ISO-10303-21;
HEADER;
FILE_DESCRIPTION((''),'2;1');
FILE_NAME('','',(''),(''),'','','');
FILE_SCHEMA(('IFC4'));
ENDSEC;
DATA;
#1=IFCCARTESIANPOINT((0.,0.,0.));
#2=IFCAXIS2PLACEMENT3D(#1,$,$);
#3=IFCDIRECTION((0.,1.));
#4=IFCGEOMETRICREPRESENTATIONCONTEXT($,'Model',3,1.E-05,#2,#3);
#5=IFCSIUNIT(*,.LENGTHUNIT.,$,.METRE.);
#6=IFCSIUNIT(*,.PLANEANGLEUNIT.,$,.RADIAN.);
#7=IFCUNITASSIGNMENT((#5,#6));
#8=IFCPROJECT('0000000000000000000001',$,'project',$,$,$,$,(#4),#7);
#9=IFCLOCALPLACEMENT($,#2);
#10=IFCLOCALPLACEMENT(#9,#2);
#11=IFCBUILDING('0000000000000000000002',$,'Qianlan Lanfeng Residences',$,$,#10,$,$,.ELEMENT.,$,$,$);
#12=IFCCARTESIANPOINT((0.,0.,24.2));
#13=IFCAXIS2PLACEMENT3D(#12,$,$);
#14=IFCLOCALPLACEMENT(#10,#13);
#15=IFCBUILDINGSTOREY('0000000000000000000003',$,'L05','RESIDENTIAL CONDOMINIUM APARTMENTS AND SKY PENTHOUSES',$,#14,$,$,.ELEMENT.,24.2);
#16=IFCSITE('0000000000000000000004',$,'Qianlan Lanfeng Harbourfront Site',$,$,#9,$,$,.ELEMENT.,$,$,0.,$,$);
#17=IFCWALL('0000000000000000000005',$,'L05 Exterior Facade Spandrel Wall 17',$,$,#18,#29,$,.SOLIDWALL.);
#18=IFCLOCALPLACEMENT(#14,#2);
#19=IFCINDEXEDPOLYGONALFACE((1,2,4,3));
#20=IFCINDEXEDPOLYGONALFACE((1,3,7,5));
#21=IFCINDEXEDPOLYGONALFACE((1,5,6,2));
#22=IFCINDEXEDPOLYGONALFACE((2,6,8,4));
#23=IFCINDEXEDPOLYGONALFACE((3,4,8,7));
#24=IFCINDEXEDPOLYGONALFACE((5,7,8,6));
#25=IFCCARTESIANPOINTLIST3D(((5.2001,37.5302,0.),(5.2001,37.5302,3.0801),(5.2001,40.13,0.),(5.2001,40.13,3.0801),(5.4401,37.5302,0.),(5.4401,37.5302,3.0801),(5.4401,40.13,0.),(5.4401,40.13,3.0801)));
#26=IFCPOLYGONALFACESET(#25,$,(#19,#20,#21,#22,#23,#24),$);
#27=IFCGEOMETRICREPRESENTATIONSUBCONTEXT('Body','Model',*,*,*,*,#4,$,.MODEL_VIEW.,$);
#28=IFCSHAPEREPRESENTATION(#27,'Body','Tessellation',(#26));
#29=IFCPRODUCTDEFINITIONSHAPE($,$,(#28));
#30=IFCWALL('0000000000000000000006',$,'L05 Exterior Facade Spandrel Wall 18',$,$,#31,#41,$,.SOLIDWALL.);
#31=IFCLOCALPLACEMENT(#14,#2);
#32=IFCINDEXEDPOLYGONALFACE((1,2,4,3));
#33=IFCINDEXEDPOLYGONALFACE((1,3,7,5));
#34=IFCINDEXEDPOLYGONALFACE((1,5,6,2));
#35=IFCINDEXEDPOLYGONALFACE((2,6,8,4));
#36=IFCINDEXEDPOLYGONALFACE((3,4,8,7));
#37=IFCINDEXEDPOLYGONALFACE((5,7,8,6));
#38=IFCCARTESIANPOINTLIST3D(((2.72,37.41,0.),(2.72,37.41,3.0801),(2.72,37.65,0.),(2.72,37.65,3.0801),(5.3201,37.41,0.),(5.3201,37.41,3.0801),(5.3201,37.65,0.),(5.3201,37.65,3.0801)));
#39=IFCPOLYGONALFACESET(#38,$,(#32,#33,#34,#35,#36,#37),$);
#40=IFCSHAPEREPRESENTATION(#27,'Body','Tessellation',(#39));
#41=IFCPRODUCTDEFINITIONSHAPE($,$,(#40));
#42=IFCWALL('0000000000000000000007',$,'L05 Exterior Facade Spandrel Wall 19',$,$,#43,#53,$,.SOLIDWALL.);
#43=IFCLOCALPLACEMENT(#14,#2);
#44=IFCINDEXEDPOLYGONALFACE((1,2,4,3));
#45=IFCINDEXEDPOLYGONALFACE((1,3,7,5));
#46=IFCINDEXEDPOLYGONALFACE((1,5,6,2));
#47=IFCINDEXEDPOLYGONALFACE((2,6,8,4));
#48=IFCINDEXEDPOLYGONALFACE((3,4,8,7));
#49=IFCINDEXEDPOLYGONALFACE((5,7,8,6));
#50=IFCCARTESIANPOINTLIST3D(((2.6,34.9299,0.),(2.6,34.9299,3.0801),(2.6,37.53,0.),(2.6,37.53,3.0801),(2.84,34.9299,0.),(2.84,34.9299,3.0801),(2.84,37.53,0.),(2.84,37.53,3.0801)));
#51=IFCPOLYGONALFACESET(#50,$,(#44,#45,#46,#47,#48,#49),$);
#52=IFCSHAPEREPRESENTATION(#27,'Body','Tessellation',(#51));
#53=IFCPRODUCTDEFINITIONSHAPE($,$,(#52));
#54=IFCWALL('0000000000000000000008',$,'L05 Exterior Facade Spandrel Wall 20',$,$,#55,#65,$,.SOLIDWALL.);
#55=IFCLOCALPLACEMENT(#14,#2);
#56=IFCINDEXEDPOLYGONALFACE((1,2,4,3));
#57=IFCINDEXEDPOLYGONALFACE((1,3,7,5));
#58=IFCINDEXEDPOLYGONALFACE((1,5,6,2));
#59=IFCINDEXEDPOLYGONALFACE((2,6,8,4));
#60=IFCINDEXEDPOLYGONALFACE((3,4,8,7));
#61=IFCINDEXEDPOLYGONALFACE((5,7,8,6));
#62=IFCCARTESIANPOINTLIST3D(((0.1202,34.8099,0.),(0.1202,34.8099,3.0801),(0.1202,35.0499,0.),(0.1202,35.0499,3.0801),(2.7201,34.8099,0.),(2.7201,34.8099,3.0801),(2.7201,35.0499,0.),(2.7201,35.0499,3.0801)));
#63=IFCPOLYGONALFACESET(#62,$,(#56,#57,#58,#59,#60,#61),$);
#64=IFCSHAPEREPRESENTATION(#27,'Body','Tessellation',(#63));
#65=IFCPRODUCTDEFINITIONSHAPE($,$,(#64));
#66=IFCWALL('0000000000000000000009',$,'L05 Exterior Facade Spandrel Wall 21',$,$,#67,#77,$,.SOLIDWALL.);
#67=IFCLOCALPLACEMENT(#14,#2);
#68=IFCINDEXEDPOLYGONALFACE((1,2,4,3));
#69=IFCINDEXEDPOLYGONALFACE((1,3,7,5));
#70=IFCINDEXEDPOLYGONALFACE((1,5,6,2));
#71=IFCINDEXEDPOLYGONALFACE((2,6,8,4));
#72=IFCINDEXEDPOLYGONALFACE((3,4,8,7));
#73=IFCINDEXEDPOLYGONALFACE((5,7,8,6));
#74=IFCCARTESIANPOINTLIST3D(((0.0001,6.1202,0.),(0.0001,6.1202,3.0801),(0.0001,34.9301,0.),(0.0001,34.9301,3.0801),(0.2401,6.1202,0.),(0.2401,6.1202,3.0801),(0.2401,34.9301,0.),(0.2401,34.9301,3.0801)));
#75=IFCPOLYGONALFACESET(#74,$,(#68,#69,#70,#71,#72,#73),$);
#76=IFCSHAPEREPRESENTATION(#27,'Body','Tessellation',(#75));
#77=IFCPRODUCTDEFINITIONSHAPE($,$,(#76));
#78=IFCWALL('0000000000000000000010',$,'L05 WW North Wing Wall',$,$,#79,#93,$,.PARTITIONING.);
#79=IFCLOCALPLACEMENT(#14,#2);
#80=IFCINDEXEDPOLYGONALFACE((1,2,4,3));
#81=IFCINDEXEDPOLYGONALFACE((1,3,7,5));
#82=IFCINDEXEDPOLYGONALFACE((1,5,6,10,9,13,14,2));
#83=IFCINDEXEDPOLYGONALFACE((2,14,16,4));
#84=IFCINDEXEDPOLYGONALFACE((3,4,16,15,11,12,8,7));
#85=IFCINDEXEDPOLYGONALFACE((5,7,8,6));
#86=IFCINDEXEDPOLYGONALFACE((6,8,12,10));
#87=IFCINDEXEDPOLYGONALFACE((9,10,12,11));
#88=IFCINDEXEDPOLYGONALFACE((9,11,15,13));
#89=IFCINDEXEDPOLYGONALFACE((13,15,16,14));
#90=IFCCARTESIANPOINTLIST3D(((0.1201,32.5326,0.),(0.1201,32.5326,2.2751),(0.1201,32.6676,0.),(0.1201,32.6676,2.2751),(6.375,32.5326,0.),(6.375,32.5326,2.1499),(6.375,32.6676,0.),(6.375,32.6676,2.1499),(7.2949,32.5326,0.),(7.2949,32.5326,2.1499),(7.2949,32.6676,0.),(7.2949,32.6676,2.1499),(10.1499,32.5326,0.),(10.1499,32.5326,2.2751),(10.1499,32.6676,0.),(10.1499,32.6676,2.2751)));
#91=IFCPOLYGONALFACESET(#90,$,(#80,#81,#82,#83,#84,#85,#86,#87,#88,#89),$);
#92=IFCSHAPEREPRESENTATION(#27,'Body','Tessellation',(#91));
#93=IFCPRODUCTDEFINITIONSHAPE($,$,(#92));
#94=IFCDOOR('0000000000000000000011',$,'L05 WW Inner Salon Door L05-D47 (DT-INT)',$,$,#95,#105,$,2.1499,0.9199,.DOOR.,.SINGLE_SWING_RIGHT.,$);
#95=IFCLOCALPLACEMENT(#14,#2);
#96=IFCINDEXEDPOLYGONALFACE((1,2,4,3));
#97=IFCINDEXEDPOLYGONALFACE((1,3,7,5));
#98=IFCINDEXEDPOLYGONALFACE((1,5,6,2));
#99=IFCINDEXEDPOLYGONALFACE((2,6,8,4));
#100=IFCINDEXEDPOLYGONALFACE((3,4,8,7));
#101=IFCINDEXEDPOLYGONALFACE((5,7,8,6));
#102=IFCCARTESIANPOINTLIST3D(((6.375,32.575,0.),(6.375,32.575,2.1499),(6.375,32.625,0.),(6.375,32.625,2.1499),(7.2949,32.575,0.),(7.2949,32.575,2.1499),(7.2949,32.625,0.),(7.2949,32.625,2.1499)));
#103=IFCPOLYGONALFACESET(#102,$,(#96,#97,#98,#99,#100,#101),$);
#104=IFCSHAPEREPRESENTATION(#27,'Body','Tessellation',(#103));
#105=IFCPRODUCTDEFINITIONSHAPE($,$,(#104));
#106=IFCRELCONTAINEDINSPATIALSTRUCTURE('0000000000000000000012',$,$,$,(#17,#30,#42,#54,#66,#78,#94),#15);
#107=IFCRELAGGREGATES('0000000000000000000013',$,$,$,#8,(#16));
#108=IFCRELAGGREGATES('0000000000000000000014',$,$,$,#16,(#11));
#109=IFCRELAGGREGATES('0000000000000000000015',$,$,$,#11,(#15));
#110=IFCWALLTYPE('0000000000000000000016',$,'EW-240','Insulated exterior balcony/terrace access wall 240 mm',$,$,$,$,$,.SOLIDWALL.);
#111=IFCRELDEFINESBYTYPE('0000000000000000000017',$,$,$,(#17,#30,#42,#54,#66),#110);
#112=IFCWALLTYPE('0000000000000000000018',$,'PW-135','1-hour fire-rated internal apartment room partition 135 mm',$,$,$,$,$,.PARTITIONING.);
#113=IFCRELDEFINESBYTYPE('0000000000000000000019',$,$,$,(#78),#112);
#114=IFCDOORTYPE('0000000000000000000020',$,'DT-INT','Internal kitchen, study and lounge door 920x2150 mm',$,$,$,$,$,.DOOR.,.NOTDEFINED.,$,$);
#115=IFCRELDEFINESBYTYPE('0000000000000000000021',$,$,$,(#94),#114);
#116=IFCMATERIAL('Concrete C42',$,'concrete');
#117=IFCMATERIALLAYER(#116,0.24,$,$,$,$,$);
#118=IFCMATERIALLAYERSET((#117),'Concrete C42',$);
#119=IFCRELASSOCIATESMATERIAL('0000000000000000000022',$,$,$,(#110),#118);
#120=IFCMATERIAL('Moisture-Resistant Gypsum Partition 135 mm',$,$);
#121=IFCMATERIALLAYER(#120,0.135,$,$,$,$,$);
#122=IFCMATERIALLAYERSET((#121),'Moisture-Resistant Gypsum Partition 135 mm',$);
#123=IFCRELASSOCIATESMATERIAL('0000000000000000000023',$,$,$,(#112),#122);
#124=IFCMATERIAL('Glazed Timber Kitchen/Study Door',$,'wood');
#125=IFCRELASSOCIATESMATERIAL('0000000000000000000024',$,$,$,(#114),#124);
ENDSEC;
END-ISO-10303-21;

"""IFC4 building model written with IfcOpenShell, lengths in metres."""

from ifc_helpers import new_model, si_unit, direction, frame, frame_2d, origin, place, context, subcontext, project, spatial, rectangle, extrude, material, layer, layer_set, type_object, element, fill, save


model = new_model("IFC4")

# Units and contexts
model_context = context("Model", 3, precision=1e-05, world=origin(), true_north=direction((0.0, 1.0)))
body_context = subcontext(model_context, "Body", "Model", "MODEL_VIEW")
ifc_project = project(units=[si_unit("LENGTHUNIT", "METRE"), si_unit("PLANEANGLEUNIT", "RADIAN")], contexts=[model_context])

# Site, building, storey
site_placement = place(None, origin())
site = spatial("IfcSite", under=ifc_project, at=site_placement, Name="Qianlan Lanfeng Harbourfront Site", CompositionType="ELEMENT", RefElevation=0.0)
building_placement = place(site_placement, origin())
building = spatial("IfcBuilding", under=site, at=building_placement, Name="Qianlan Lanfeng Residences", CompositionType="ELEMENT")
storey_placement = place(building_placement, frame((0.0, 0.0, 24.2)))
storey = spatial("IfcBuildingStorey", under=building, at=storey_placement, Name="L05", Description="RESIDENTIAL CONDOMINIUM APARTMENTS AND SKY PENTHOUSES", CompositionType="ELEMENT", Elevation=24.2)

# Walls
ifc_material_1 = material(Name="Concrete C42", Category="concrete")
ifc_layer_1 = layer(ifc_material_1, 0.24)
ifc_layer_set_1 = layer_set([ifc_layer_1], Name="Concrete C42")
wall_type_1 = type_object("IfcWallType", Name="EW-240", Description="Insulated exterior balcony/terrace access wall 240 mm", PredefinedType="SOLIDWALL", material=ifc_layer_set_1)
wall_1_placement = place(storey_placement, frame((5.3201, 40.1299, 0.0), z_axis=(0.0, 0.0, 1.0), x_axis=(0.0, -1.0, 0.0)))
element("IfcWall", 1, at=wall_1_placement, inside=storey, type_object=wall_type_1, Name="L05 Exterior Facade Spandrel Wall 17", PredefinedType="SOLIDWALL", context=body_context, shape_type="SweptSolid", body=[
    extrude(rectangle(XDim=2.5999, YDim=0.24, at=frame_2d((1.2998, 0.0))), origin(), (0.0, 0.0, 1.0), 3.0801),
])
for number, where, z_axis, x_axis, name in (
    (2, (5.3201, 37.53, 0.0), (0.0, 0.0, 1.0), (-1.0, 0.0, 0.0), "L05 Exterior Facade Spandrel Wall 18"),
    (3, (2.72, 37.53, 0.0), (0.0, 0.0, 1.0), (0.0, -1.0, 0.0), "L05 Exterior Facade Spandrel Wall 19"),
):
    element("IfcWall", number, at=place(storey_placement, frame(where, z_axis=z_axis, x_axis=x_axis)), inside=storey, type_object=wall_type_1, Name=name, PredefinedType="SOLIDWALL", context=body_context, shape_type="SweptSolid", body=[
        extrude(rectangle(XDim=2.6001, YDim=0.24, at=frame_2d((1.3, 0.0))), origin(), (0.0, 0.0, 1.0), 3.0801),
    ])
wall_2_placement = place(storey_placement, frame((2.72, 34.9299, 0.0), z_axis=(0.0, 0.0, 1.0), x_axis=(-1.0, 0.0, 0.0)))
element("IfcWall", 4, at=wall_2_placement, inside=storey, type_object=wall_type_1, Name="L05 Exterior Facade Spandrel Wall 20", PredefinedType="SOLIDWALL", context=body_context, shape_type="SweptSolid", body=[
    extrude(rectangle(XDim=2.5999, YDim=0.24, at=frame_2d((1.2998, 0.0))), origin(), (0.0, 0.0, 1.0), 3.0801),
])
wall_3_placement = place(storey_placement, frame((0.1201, 34.9299, 0.0), z_axis=(0.0, 0.0, 1.0), x_axis=(0.0, -1.0, 0.0)))
element("IfcWall", 5, at=wall_3_placement, inside=storey, type_object=wall_type_1, Name="L05 Exterior Facade Spandrel Wall 21", PredefinedType="SOLIDWALL", context=body_context, shape_type="SweptSolid", body=[
    extrude(rectangle(XDim=28.8098, YDim=0.24, at=frame_2d((14.4048, 0.0))), origin(), (0.0, 0.0, 1.0), 3.0801),
])

# Wall, opening, door
ifc_material_2 = material(Name="Moisture-Resistant Gypsum Partition 135 mm")
ifc_layer_2 = layer(ifc_material_2, 0.135)
ifc_layer_set_2 = layer_set([ifc_layer_2], Name="Moisture-Resistant Gypsum Partition 135 mm")
wall_type_2 = type_object("IfcWallType", Name="PW-135", Description="1-hour fire-rated internal apartment room partition 135 mm", PredefinedType="PARTITIONING", material=ifc_layer_set_2)
wall_4_placement = place(storey_placement, frame((0.1201, 32.6001, 0.0), z_axis=(0.0, 0.0, 1.0), x_axis=(1.0, 0.0, 0.0)))
wall_4 = element("IfcWall", 6, at=wall_4_placement, inside=storey, type_object=wall_type_2, Name="L05 WW North Wing Wall", PredefinedType="PARTITIONING", context=body_context, shape_type="SweptSolid", body=[
    extrude(rectangle(XDim=10.0298, YDim=0.135, at=frame_2d((5.0149, 0.0))), origin(), (0.0, 0.0, 1.0), 2.2751),
])
opening_1_placement = place(wall_4_placement, frame((6.2549, 0.0, 0.0)))
opening_1 = element("IfcOpeningElement", 7, at=opening_1_placement, cuts=wall_4, PredefinedType="OPENING", context=body_context, shape_type="SweptSolid", body=[
    extrude(rectangle(XDim=0.9199, YDim=2.1499, at=frame_2d((0.46, 1.075))), frame((0.0, 0.0776, 0.0), z_axis=(0.0, -1.0, 0.0), x_axis=(1.0, 0.0, 0.0)), (0.0, 0.0, 1.0), 0.155),
])
ifc_material_3 = material(Name="Glazed Timber Kitchen/Study Door", Category="wood")
door_type_1 = type_object("IfcDoorType", Name="DT-INT", Description="Internal kitchen, study and lounge door 920x2150 mm", OperationType="NOTDEFINED", PredefinedType="DOOR", material=ifc_material_3)
door_1_placement = place(opening_1_placement, origin())
door_1 = element("IfcDoor", 8, at=door_1_placement, inside=storey, type_object=door_type_1, Name="L05 WW Inner Salon Door L05-D47 (DT-INT)", OperationType="SINGLE_SWING_RIGHT", OverallHeight=2.1499, OverallWidth=0.9199, PredefinedType="DOOR", context=body_context, shape_type="SweptSolid", body=[
    extrude(rectangle(XDim=0.9199, YDim=2.1499, at=frame_2d((0.46, 1.075))), frame((0.0, 0.0249, 0.0), z_axis=(0.0, -1.0, 0.0), x_axis=(1.0, 0.0, 0.0)), (0.0, 0.0, 1.0), 0.05),
])
fill(opening_1, door_1)

save(model, "model.ifc")
